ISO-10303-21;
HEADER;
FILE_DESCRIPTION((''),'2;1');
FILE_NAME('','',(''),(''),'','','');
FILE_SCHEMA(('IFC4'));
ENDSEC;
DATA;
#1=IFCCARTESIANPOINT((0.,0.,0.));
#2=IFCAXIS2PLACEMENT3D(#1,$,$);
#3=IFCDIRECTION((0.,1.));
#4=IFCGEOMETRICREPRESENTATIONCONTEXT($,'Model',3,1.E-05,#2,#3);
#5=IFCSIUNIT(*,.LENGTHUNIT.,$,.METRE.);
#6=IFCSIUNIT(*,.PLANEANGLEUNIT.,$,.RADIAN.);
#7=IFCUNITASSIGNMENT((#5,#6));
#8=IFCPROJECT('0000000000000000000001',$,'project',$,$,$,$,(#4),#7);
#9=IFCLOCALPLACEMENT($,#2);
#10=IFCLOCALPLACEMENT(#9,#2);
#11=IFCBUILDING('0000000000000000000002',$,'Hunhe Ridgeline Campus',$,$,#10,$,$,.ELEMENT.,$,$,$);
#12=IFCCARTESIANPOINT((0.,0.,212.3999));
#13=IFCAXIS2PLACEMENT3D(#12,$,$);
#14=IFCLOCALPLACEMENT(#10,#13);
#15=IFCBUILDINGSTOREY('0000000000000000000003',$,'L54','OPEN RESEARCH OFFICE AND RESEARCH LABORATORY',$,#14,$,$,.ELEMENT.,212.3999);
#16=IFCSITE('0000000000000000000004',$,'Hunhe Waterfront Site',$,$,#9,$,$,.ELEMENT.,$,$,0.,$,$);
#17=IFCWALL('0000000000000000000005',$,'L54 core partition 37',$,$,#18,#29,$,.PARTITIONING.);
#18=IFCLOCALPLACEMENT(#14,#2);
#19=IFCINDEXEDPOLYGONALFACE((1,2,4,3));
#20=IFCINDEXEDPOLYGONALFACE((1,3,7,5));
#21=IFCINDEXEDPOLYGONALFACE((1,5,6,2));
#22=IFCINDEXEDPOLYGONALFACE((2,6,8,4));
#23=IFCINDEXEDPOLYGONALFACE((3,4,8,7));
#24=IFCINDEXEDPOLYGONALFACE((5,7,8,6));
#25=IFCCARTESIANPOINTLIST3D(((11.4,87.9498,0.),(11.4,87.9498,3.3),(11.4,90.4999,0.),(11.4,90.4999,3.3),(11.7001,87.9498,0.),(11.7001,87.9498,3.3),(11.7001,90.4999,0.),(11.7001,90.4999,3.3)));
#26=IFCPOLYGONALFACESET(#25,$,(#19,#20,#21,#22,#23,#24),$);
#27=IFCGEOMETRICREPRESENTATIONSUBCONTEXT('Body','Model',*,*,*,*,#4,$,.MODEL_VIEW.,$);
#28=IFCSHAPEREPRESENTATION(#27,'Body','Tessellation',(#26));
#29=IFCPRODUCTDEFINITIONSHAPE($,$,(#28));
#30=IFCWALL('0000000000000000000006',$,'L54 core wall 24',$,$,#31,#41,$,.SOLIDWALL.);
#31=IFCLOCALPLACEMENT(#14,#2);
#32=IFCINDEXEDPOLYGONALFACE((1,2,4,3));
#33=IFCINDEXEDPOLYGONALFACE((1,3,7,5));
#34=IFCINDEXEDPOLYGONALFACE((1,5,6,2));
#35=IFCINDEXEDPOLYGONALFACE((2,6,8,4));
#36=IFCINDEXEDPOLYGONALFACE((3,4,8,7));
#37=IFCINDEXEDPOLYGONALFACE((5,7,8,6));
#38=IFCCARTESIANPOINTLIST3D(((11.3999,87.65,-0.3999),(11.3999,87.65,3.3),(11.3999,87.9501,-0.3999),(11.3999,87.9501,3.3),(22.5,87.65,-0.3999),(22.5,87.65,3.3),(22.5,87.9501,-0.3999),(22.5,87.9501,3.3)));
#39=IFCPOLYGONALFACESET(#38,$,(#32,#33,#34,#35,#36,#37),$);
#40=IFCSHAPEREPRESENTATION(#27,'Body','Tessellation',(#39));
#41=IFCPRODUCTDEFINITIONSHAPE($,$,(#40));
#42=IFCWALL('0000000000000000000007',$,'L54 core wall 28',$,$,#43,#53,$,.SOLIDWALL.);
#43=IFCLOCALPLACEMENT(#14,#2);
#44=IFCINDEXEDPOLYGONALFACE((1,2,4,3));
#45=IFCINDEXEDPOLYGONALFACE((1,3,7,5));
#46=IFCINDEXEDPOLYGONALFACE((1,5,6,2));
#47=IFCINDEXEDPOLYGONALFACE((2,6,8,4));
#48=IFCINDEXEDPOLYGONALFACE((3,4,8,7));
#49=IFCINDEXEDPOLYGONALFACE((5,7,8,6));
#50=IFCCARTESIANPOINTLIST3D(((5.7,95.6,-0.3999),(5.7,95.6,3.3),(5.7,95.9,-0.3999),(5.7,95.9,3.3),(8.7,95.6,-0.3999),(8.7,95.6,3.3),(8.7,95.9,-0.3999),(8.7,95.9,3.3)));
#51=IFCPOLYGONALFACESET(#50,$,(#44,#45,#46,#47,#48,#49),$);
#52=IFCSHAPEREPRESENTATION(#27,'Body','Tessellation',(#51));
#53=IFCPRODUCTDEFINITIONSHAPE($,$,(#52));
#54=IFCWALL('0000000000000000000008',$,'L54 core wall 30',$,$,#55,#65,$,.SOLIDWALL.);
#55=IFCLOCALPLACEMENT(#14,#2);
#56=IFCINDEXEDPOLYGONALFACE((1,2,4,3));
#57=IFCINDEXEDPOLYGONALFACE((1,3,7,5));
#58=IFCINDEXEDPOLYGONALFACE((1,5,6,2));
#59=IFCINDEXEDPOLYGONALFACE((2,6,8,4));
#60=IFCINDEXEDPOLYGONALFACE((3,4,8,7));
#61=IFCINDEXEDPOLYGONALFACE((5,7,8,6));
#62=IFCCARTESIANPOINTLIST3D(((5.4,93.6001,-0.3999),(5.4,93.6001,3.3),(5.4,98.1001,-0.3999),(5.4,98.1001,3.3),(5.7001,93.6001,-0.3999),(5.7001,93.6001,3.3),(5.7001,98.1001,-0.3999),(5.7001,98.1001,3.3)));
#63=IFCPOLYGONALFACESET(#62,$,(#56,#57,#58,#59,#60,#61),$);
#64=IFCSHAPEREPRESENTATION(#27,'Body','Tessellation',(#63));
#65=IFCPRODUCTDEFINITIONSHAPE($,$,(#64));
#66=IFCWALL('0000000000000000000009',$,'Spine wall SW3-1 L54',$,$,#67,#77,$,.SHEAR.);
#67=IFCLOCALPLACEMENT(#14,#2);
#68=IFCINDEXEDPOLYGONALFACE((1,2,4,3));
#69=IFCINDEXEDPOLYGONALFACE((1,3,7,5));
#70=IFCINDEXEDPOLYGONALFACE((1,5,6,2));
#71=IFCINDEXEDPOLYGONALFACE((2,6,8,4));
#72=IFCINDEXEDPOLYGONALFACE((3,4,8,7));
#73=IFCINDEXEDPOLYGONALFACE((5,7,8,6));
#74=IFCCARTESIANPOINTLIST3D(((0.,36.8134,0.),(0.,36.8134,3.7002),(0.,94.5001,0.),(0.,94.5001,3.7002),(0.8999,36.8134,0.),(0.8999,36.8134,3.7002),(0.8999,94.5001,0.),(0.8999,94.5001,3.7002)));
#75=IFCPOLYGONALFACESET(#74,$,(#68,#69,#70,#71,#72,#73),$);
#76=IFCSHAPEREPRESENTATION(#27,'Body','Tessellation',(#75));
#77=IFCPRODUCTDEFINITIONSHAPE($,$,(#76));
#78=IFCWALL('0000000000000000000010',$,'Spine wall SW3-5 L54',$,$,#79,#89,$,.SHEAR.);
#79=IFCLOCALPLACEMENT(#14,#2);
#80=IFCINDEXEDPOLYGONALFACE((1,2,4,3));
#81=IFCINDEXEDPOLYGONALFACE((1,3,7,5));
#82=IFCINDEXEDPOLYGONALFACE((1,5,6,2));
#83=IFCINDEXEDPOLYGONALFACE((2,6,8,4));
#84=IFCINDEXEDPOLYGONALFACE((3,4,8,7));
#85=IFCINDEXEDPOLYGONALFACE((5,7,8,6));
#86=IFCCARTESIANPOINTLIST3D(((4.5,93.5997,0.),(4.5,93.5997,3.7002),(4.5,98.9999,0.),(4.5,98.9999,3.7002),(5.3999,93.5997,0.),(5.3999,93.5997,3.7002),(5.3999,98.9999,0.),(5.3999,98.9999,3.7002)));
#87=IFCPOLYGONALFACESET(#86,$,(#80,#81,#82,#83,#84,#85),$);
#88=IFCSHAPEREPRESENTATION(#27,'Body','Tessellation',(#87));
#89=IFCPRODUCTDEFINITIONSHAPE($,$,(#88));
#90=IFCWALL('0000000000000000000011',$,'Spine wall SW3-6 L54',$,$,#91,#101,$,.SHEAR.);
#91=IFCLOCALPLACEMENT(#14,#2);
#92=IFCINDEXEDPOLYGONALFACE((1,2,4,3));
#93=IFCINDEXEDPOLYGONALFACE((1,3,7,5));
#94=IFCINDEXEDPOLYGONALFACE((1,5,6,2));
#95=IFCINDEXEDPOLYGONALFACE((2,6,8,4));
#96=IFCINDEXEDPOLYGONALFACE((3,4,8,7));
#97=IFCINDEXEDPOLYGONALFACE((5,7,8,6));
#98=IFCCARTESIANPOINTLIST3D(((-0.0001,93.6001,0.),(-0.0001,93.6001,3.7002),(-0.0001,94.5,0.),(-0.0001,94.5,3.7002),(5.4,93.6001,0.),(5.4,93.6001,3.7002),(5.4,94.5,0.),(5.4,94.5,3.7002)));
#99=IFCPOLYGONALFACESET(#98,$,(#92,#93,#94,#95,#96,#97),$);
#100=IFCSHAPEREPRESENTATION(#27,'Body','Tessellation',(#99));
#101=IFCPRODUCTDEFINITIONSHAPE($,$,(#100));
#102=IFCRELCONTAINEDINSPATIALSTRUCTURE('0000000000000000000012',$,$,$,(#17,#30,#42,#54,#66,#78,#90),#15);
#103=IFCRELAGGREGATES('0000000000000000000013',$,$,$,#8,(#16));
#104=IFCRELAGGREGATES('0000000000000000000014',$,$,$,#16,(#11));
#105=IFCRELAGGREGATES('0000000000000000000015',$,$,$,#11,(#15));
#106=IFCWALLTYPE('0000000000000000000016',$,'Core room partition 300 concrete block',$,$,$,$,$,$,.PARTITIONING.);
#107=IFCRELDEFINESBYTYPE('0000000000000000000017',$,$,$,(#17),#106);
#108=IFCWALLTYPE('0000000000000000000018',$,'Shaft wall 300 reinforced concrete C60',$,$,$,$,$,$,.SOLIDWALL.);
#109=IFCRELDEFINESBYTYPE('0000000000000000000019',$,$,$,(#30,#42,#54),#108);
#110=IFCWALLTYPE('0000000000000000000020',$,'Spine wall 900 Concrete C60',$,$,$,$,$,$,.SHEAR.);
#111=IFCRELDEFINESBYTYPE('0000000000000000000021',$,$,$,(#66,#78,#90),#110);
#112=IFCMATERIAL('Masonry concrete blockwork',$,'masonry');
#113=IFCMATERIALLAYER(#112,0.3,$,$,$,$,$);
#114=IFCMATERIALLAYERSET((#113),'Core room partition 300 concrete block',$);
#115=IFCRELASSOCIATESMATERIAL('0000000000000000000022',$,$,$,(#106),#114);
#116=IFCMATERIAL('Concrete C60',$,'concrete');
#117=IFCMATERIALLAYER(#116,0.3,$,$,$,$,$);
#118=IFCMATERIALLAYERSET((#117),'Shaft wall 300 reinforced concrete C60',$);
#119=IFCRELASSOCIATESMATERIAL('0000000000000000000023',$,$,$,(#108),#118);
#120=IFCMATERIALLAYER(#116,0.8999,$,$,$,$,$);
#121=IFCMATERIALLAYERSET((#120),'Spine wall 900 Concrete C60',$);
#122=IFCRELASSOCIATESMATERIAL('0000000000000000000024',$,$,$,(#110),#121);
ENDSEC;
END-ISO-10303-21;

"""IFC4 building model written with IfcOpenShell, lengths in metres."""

from ifc_helpers import new_model, si_unit, direction, frame, frame_2d, origin, place, context, subcontext, project, spatial, rectangle, extrude, material, layer, layer_set, type_object, element, save


model = new_model("IFC4")

# Units and contexts
model_context = context("Model", 3, precision=1e-05, world=origin(), true_north=direction((0.0, 1.0)))
body_context = subcontext(model_context, "Body", "Model", "MODEL_VIEW")
ifc_project = project(units=[si_unit("LENGTHUNIT", "METRE"), si_unit("PLANEANGLEUNIT", "RADIAN")], contexts=[model_context])

# Site, building, storey
site_placement = place(None, origin())
site = spatial("IfcSite", under=ifc_project, at=site_placement, Name="Hunhe Waterfront Site", CompositionType="ELEMENT", RefElevation=0.0)
building_placement = place(site_placement, origin())
building = spatial("IfcBuilding", under=site, at=building_placement, Name="Hunhe Ridgeline Campus", CompositionType="ELEMENT")
storey_placement = place(building_placement, frame((0.0, 0.0, 212.3999)))
storey = spatial("IfcBuildingStorey", under=building, at=storey_placement, Name="L54", Description="OPEN RESEARCH OFFICE AND RESEARCH LABORATORY", CompositionType="ELEMENT", Elevation=212.3999)

# Wall
ifc_material_1 = material(Name="Masonry concrete blockwork", Category="masonry")
ifc_layer_1 = layer(ifc_material_1, 0.3)
ifc_layer_set_1 = layer_set([ifc_layer_1], Name="Core room partition 300 concrete block")
wall_type_1 = type_object("IfcWallType", Name="Core room partition 300 concrete block", PredefinedType="PARTITIONING", material=ifc_layer_set_1)
wall_1_placement = place(storey_placement, frame((11.55, 87.95, 0.0), z_axis=(0.0, 0.0, 1.0), x_axis=(0.0, 1.0, 0.0)))
element("IfcWall", 1, at=wall_1_placement, inside=storey, type_object=wall_type_1, Name="L54 core partition 37", PredefinedType="PARTITIONING", context=body_context, shape_type="SweptSolid", body=[
    extrude(rectangle(XDim=2.55, YDim=0.3, at=frame_2d((1.2749, 0.0))), origin(), (0.0, 0.0, 1.0), 3.3),
])

# Shared definitions
ifc_material_2 = material(Name="Concrete C60", Category="concrete")

# Wall
ifc_layer_2 = layer(ifc_material_2, 0.3)
ifc_layer_set_2 = layer_set([ifc_layer_2], Name="Shaft wall 300 reinforced concrete C60")
wall_type_2 = type_object("IfcWallType", Name="Shaft wall 300 reinforced concrete C60", PredefinedType="SOLIDWALL", material=ifc_layer_set_2)
wall_2_placement = place(storey_placement, frame((11.3999, 87.8, -0.3999), z_axis=(0.0, 0.0, 1.0), x_axis=(1.0, 0.0, 0.0)))
element("IfcWall", 2, at=wall_2_placement, inside=storey, type_object=wall_type_2, Name="L54 core wall 24", PredefinedType="SOLIDWALL", context=body_context, shape_type="SweptSolid", body=[
    extrude(rectangle(XDim=11.1001, YDim=0.3, at=frame_2d((5.55, 0.0))), origin(), (0.0, 0.0, 1.0), 3.7),
])

# Walls
wall_3_placement = place(storey_placement, frame((5.7, 95.75, -0.3999), z_axis=(0.0, 0.0, 1.0), x_axis=(1.0, 0.0, 0.0)))
element("IfcWall", 3, at=wall_3_placement, inside=storey, type_object=wall_type_2, Name="L54 core wall 28", PredefinedType="SOLIDWALL", context=body_context, shape_type="SweptSolid", body=[
    extrude(rectangle(XDim=3.0, YDim=0.3, at=frame_2d((1.5, 0.0))), origin(), (0.0, 0.0, 1.0), 3.7),
])
wall_4_placement = place(storey_placement, frame((5.55, 93.6001, -0.3999), z_axis=(0.0, 0.0, 1.0), x_axis=(0.0, 1.0, 0.0)))
element("IfcWall", 4, at=wall_4_placement, inside=storey, type_object=wall_type_2, Name="L54 core wall 30", PredefinedType="SOLIDWALL", context=body_context, shape_type="SweptSolid", body=[
    extrude(rectangle(XDim=4.5, YDim=0.3, at=frame_2d((2.25, 0.0))), origin(), (0.0, 0.0, 1.0), 3.7),
])

# Walls
ifc_layer_3 = layer(ifc_material_2, 0.8999)
ifc_layer_set_3 = layer_set([ifc_layer_3], Name="Spine wall 900 Concrete C60")
wall_type_3 = type_object("IfcWallType", Name="Spine wall 900 Concrete C60", PredefinedType="SHEAR", material=ifc_layer_set_3)
wall_5_placement = place(storey_placement, frame((0.45, 94.5, 0.0), z_axis=(0.0, 0.0, 1.0), x_axis=(0.0, -1.0, 0.0)))
element("IfcWall", 5, at=wall_5_placement, inside=storey, type_object=wall_type_3, Name="Spine wall SW3-1 L54", PredefinedType="SHEAR", context=body_context, shape_type="SweptSolid", body=[
    extrude(rectangle(XDim=57.6868, YDim=0.8999, at=frame_2d((28.8433, 0.0))), origin(), (0.0, 0.0, 1.0), 3.7002),
])
for number, where, z_axis, x_axis, name in (
    (6, (4.95, 99.0, 0.0), (0.0, 0.0, 1.0), (0.0, -1.0, 0.0), "Spine wall SW3-5 L54"),
    (7, (5.4001, 94.05, 0.0), (0.0, 0.0, 1.0), (-1.0, 0.0, 0.0), "Spine wall SW3-6 L54"),
):
    element("IfcWall", number, at=place(storey_placement, frame(where, z_axis=z_axis, x_axis=x_axis)), inside=storey, type_object=wall_type_3, Name=name, PredefinedType="SHEAR", context=body_context, shape_type="SweptSolid", body=[
        extrude(rectangle(XDim=5.4001, YDim=0.8999, at=frame_2d((2.7002, 0.0))), origin(), (0.0, 0.0, 1.0), 3.7002),
    ])

save(model, "model.ifc")
